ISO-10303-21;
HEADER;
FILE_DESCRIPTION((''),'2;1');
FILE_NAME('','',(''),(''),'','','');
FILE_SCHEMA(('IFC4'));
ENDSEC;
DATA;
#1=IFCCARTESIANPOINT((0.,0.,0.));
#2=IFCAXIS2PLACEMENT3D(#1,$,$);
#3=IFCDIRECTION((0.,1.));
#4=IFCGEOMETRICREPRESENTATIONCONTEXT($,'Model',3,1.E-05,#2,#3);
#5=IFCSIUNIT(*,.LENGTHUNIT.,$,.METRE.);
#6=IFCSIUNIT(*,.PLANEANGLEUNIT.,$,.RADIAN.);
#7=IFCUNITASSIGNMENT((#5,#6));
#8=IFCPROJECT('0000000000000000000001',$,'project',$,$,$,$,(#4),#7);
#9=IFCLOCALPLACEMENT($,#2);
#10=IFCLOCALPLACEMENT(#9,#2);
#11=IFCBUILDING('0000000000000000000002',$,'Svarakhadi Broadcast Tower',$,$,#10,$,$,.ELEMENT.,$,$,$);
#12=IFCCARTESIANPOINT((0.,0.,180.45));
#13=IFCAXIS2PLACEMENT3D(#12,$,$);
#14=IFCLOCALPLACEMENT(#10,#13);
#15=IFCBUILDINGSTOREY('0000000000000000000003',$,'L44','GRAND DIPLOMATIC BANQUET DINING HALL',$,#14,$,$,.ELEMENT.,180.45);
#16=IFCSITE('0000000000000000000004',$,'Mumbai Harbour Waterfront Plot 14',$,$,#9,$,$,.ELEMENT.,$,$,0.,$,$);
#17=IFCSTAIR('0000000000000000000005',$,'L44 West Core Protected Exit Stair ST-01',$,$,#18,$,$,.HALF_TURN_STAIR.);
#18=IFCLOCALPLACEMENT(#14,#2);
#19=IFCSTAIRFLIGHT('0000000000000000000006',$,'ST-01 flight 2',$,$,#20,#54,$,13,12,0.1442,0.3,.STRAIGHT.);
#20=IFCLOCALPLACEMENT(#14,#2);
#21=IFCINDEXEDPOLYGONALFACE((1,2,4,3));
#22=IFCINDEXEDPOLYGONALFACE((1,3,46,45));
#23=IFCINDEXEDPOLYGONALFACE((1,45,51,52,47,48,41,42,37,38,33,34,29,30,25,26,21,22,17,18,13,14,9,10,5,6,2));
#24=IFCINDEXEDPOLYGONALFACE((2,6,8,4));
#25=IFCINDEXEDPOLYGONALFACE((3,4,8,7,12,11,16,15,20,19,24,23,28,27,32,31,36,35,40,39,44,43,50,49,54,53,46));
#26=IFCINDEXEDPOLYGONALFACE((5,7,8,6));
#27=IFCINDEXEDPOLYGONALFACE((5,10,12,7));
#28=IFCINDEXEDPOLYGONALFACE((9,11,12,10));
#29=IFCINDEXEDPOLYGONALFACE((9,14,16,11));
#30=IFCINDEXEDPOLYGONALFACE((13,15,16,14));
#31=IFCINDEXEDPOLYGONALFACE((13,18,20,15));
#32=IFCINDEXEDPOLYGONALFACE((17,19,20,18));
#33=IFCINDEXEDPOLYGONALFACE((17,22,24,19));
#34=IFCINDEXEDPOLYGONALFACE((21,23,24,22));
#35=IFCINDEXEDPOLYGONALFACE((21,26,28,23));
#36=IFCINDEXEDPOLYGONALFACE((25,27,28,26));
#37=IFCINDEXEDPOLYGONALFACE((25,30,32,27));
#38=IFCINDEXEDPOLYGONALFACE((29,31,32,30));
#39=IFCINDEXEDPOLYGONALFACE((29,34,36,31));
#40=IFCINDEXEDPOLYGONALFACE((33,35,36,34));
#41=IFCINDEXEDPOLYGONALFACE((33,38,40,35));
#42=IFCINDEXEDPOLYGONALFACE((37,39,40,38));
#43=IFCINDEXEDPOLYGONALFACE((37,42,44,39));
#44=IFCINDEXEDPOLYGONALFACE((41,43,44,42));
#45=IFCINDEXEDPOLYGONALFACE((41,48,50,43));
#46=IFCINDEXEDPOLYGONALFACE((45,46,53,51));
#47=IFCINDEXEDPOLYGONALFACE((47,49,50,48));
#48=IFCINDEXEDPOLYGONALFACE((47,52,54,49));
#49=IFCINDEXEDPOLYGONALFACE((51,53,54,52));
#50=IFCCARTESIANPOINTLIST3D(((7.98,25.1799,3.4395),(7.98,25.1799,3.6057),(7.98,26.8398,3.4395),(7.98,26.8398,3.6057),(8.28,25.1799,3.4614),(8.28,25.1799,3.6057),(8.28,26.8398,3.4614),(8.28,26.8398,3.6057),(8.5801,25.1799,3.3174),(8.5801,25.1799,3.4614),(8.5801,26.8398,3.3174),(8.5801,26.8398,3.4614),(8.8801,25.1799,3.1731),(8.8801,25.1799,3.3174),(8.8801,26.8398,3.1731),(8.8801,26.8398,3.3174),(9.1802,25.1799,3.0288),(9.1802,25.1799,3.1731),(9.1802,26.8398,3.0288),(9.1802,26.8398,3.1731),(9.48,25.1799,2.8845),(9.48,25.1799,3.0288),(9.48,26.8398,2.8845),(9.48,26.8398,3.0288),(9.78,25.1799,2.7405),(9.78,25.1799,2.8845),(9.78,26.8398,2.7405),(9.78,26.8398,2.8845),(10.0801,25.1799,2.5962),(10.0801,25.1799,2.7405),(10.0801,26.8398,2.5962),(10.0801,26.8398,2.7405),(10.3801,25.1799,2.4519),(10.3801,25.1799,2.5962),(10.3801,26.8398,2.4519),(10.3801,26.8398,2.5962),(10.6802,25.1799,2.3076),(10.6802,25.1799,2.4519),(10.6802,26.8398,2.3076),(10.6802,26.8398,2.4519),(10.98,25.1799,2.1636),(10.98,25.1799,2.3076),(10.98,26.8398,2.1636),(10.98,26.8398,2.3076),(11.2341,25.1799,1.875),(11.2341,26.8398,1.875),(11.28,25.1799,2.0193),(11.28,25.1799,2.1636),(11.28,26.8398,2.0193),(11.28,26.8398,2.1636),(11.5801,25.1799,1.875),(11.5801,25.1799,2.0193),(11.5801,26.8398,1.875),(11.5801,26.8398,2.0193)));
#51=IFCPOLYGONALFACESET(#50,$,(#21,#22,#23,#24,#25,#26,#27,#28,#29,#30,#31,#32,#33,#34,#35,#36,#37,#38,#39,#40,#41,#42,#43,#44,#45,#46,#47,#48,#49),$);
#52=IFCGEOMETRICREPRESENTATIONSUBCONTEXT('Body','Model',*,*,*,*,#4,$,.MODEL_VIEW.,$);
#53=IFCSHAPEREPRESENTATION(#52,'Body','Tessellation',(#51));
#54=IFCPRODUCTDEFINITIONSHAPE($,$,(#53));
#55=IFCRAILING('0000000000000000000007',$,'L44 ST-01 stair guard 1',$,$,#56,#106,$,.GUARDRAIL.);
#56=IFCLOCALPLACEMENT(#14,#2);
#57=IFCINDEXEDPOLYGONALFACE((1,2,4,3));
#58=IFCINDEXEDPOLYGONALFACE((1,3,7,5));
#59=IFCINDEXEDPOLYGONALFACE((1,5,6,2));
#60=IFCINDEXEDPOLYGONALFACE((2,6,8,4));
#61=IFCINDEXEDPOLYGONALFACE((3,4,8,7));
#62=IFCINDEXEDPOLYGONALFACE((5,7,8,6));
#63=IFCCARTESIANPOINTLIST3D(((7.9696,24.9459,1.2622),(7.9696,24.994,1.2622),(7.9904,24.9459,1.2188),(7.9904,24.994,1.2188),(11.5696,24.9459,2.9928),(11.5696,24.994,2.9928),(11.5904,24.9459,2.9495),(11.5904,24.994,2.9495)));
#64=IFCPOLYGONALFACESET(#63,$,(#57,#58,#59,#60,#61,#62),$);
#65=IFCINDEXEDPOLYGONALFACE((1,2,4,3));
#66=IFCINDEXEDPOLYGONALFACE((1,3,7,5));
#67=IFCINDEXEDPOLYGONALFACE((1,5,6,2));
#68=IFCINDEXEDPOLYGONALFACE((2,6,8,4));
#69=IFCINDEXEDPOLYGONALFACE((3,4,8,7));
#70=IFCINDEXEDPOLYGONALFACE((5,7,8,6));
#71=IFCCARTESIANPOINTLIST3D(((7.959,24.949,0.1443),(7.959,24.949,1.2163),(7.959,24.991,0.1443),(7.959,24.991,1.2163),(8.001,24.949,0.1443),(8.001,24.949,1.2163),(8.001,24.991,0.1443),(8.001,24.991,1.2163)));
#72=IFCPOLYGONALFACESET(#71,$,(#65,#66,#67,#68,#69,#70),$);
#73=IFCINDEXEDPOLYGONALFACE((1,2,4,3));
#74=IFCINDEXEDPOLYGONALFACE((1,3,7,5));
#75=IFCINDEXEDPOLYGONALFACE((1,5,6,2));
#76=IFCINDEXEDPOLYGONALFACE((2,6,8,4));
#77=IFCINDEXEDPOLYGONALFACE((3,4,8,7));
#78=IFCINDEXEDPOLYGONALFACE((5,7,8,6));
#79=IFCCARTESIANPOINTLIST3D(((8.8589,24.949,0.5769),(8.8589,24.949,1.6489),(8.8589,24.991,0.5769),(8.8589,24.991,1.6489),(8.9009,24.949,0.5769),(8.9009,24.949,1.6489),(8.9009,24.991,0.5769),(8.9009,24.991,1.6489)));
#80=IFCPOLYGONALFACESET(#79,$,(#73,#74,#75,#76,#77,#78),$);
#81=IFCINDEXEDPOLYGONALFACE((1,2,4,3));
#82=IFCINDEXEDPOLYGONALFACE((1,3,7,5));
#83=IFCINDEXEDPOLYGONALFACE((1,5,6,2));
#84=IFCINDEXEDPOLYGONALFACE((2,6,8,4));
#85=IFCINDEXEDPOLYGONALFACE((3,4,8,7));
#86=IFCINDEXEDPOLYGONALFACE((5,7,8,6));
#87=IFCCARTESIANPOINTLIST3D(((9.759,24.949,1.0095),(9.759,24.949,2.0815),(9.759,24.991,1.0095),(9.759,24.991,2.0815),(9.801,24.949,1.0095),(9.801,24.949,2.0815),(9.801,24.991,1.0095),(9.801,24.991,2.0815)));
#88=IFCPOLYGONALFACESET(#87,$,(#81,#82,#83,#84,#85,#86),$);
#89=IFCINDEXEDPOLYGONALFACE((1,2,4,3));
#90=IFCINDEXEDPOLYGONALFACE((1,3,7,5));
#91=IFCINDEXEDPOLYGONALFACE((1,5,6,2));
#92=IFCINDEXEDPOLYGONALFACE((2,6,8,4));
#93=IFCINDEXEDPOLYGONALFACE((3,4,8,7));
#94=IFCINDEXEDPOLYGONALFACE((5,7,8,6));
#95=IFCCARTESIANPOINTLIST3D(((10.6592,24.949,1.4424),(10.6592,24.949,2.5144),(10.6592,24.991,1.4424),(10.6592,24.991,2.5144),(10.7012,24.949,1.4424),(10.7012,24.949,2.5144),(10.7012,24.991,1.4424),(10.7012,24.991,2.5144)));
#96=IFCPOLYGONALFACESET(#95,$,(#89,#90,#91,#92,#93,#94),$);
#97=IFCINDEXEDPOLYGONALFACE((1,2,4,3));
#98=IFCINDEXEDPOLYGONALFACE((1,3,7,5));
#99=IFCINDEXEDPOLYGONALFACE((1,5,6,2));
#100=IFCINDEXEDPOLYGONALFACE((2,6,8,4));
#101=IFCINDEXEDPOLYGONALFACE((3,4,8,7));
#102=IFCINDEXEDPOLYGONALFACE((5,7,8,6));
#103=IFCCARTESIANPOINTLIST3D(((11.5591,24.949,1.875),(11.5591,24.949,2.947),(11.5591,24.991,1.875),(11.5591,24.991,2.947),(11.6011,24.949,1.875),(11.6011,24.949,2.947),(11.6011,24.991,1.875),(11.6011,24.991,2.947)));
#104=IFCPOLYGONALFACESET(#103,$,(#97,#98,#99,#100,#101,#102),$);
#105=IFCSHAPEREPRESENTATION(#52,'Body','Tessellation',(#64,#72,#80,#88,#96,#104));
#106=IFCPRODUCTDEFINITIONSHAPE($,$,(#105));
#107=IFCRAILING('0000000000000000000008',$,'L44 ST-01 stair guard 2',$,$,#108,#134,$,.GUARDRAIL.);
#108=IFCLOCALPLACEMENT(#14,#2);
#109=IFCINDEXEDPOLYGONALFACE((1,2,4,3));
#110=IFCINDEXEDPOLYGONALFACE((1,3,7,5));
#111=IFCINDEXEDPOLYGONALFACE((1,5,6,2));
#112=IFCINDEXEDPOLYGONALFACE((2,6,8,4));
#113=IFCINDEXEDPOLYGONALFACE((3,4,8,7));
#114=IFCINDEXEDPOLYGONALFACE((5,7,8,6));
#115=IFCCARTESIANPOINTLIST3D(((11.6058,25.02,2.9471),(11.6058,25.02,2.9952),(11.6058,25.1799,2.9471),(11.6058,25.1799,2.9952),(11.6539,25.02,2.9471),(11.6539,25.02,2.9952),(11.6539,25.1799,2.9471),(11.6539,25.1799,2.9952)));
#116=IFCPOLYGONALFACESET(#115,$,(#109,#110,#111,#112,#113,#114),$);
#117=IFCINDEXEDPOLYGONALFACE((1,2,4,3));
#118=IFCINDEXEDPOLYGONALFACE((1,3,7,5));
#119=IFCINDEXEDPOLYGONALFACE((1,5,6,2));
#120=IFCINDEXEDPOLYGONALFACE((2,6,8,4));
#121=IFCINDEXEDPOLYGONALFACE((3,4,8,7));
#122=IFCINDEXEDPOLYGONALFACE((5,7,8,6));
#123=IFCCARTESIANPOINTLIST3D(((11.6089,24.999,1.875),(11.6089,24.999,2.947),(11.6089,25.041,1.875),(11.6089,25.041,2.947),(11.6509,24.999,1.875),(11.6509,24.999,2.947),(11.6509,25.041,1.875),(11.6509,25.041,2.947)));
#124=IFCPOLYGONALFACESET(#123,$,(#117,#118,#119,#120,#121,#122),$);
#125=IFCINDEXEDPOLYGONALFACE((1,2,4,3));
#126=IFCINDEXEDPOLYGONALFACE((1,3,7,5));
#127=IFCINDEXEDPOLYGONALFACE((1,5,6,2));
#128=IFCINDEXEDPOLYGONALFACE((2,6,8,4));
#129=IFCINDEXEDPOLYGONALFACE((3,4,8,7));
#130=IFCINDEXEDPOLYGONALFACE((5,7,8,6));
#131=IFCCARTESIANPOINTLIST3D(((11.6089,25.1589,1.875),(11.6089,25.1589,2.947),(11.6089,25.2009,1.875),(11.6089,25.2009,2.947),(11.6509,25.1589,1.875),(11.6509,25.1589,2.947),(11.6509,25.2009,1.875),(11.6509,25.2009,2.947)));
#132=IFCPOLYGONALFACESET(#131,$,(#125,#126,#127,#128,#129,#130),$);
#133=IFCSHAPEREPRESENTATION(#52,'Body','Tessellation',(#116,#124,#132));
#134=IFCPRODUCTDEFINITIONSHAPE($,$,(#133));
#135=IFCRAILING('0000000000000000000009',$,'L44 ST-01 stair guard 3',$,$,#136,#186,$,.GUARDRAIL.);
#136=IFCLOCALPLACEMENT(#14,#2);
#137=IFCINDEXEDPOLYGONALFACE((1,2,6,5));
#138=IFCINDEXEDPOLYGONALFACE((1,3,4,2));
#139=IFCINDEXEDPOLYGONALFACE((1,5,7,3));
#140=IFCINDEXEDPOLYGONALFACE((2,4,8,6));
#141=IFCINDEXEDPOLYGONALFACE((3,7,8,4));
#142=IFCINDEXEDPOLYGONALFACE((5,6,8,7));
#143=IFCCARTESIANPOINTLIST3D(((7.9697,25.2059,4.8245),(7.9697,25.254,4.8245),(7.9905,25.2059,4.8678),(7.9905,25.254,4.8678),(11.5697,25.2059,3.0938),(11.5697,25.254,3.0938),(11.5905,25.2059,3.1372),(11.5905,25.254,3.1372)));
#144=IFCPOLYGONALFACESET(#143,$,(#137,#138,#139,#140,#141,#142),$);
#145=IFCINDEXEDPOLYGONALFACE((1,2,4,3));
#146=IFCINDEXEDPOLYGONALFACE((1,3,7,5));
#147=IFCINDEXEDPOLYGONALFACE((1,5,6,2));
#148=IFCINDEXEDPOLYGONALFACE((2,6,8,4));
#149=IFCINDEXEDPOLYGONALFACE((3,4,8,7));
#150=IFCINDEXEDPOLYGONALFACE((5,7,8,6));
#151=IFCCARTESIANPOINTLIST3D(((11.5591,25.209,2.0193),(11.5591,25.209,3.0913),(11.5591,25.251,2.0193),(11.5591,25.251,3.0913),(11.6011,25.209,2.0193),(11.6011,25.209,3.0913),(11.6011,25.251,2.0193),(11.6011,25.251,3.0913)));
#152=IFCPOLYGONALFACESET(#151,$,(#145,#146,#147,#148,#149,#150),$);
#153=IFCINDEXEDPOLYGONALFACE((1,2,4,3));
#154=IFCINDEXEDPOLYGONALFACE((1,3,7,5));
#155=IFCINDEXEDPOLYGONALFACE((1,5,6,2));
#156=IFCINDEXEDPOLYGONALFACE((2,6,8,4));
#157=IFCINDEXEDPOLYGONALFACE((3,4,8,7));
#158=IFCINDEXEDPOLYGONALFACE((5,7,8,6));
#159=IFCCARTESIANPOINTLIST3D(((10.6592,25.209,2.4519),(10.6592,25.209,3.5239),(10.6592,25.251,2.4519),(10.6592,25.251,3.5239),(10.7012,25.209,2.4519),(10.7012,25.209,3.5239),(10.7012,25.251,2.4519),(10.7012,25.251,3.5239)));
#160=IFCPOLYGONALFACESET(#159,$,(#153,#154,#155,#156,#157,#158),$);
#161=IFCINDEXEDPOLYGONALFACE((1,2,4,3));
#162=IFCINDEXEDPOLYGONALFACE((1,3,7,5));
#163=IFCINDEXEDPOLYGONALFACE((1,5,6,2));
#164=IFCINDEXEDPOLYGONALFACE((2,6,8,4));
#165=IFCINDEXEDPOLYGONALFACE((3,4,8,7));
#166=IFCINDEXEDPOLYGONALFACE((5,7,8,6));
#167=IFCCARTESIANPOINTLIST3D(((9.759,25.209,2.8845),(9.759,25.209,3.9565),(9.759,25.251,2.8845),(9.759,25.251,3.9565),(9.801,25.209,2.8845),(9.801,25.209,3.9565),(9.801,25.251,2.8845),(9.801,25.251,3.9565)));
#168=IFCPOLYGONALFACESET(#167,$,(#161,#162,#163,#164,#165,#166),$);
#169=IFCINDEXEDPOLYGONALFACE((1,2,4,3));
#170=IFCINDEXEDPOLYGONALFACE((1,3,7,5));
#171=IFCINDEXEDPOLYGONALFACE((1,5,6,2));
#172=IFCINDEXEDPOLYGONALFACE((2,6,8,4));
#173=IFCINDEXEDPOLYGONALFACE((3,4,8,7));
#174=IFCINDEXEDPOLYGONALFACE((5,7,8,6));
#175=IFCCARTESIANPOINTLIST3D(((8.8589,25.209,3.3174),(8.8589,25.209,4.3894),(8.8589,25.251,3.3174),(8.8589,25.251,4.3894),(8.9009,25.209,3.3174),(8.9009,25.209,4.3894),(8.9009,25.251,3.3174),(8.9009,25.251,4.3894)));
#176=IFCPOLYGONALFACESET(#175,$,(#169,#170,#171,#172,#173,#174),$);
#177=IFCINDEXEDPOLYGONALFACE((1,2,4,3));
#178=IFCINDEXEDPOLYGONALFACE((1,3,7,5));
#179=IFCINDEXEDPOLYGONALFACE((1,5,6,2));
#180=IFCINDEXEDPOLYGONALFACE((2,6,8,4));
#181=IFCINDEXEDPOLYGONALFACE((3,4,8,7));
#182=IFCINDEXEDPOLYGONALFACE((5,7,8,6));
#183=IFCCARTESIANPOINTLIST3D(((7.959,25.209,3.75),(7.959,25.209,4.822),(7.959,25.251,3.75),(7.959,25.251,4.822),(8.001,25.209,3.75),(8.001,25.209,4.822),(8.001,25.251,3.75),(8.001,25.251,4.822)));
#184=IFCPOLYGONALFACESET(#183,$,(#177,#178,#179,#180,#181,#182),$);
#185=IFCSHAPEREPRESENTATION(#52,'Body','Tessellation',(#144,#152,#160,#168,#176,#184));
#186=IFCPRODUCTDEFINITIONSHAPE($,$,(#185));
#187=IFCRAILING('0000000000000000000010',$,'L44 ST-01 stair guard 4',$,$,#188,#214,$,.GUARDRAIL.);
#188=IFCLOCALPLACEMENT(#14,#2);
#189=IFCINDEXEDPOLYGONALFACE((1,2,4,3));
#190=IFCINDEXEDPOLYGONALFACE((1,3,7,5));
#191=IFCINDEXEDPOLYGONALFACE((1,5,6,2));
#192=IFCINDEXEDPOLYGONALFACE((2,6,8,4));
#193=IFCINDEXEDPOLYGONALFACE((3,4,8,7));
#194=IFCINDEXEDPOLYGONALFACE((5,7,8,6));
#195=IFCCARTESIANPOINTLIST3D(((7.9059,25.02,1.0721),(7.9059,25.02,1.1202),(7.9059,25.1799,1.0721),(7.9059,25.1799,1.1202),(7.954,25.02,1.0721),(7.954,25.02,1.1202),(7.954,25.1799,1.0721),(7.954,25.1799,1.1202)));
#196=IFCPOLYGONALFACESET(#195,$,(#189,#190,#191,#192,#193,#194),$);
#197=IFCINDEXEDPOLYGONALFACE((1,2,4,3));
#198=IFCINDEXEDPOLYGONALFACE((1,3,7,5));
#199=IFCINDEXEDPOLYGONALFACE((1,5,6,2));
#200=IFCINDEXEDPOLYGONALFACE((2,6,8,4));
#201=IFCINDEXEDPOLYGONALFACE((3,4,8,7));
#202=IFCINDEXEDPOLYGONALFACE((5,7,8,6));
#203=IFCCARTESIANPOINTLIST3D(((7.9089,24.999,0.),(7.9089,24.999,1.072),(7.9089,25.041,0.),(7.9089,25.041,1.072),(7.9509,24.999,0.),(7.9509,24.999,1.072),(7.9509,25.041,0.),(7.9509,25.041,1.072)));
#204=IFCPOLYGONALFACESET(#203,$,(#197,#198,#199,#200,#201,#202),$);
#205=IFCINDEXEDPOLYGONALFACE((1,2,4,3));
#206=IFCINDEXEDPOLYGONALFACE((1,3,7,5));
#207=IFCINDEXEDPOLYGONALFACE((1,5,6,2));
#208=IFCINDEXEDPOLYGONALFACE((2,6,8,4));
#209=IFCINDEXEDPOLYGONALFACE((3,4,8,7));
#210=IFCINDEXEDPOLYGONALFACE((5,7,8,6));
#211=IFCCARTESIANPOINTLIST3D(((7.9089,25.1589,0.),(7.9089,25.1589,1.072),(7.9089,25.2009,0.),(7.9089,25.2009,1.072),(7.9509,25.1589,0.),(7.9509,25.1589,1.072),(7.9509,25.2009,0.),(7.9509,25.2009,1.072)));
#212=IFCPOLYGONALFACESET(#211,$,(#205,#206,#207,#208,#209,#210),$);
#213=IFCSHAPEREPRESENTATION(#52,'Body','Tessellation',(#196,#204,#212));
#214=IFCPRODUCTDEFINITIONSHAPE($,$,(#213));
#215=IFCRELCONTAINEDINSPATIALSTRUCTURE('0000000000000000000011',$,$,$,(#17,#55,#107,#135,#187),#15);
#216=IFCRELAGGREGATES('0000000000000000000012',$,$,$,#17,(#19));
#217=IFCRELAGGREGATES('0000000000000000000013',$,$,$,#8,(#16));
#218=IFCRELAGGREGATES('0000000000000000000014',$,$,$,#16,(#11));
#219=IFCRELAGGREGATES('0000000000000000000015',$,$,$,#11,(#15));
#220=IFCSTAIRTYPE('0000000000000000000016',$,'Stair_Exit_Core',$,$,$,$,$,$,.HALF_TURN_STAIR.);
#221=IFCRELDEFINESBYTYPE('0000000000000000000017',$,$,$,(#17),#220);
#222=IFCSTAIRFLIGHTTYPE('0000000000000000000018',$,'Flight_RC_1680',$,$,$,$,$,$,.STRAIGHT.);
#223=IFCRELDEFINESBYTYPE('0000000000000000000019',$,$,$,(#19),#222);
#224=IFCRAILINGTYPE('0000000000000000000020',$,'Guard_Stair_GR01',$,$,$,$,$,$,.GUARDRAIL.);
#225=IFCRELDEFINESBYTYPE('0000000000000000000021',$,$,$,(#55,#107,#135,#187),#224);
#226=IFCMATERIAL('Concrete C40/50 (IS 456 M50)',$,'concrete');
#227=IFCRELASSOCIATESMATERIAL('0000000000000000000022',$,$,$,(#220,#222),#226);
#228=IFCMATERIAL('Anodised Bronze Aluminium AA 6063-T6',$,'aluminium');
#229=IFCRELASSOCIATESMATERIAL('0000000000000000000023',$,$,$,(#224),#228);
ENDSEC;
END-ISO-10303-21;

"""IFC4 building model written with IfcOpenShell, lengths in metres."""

from ifc_helpers import new_model, si_unit, direction, frame, origin, origin_2d, place, context, subcontext, project, spatial, polyline, rectangle, outline, extrude, material, type_object, element, aggregate, save


model = new_model("IFC4")

# Units and contexts
model_context = context("Model", 3, precision=1e-05, world=origin(), true_north=direction((0.0, 1.0)))
body_context = subcontext(model_context, "Body", "Model", "MODEL_VIEW")
ifc_project = project(units=[si_unit("LENGTHUNIT", "METRE"), si_unit("PLANEANGLEUNIT", "RADIAN")], contexts=[model_context])

# Site, building, storey
site_placement = place(None, origin())
site = spatial("IfcSite", under=ifc_project, at=site_placement, Name="Mumbai Harbour Waterfront Plot 14", CompositionType="ELEMENT", RefElevation=0.0)
building_placement = place(site_placement, origin())
building = spatial("IfcBuilding", under=site, at=building_placement, Name="Svarakhadi Broadcast Tower", CompositionType="ELEMENT")
storey_placement = place(building_placement, frame((0.0, 0.0, 180.45)))
storey = spatial("IfcBuildingStorey", under=building, at=storey_placement, Name="L44", Description="GRAND DIPLOMATIC BANQUET DINING HALL", CompositionType="ELEMENT", Elevation=180.45)

# Shared definitions
ifc_material_1 = material(Name="Concrete C40/50 (IS 456 M50)", Category="concrete")

# Stair, stair flight
stair_type = type_object("IfcStairType", Name="Stair_Exit_Core", PredefinedType="HALF_TURN_STAIR", material=ifc_material_1)
stair_placement = place(storey_placement, origin())
stair = element("IfcStair", 1, at=stair_placement, inside=storey, type_object=stair_type, Name="L44 West Core Protected Exit Stair ST-01", PredefinedType="HALF_TURN_STAIR")
stair_flight_type = type_object("IfcStairFlightType", Name="Flight_RC_1680", PredefinedType="STRAIGHT", material=ifc_material_1)
stair_flight_1_placement = place(storey_placement, frame((11.5801, 26.01, 1.875), z_axis=(0.0, 0.0, 1.0), x_axis=(-1.0, 0.0, 0.0)))
stair_flight_1 = element("IfcStairFlight", 2, at=stair_flight_1_placement, type_object=stair_flight_type, Name="ST-01 flight 2", NumberOfRisers=13, NumberOfTreads=12, PredefinedType="STRAIGHT", RiserHeight=0.1442, TreadLength=0.3, context=body_context, shape_type="SweptSolid", body=[
    extrude(outline(polyline([(0.0, 0.0), (0.0, 0.1443), (0.3, 0.1443), (0.3, 0.2886), (0.6001, 0.2886), (0.6001, 0.4326), (0.8999, 0.4326), (0.8999, 0.5769), (1.2, 0.5769), (1.2, 0.7212), (1.5, 0.7212), (1.5, 0.8655), (1.8, 0.8655), (1.8, 1.0095), (2.1001, 1.0095), (2.1001, 1.1538), (2.3999, 1.1538), (2.3999, 1.2981), (2.7, 1.2981), (2.7, 1.4424), (3.0, 1.4424), (3.0, 1.5864), (3.3, 1.5864), (3.3, 1.7307), (3.6001, 1.7307), (3.6001, 1.875), (3.6001, 1.5645), (0.3459, 0.0), (0.0, 0.0)])), frame((0.0, 0.8301, 0.0), z_axis=(0.0, -1.0, 0.0), x_axis=(1.0, 0.0, 0.0)), (0.0, 0.0, 1.0), 1.6599),
])
aggregate(stair, [stair_flight_1])

# Railings
ifc_material_2 = material(Name="Anodised Bronze Aluminium AA 6063-T6", Category="aluminium")
railing_type_1 = type_object("IfcRailingType", Name="Guard_Stair_GR01", PredefinedType="GUARDRAIL", material=ifc_material_2)
railing_1_placement = place(storey_placement, frame((7.98, 24.97, 0.1443)))
element("IfcRailing", 3, at=railing_1_placement, inside=storey, type_object=railing_type_1, Name="L44 ST-01 stair guard 1", PredefinedType="GUARDRAIL", context=body_context, shape_type="SweptSolid", body=[
    extrude(rectangle(XDim=0.0481, YDim=0.0481, at=origin_2d()), frame((0.0, 0.0, 1.0962), z_axis=(0.901263, 0.0, 0.433273), x_axis=(0.0, 1.0, 0.0)), (0.0, 0.0, 1.0), 3.9944),
    extrude(rectangle(XDim=0.042, YDim=0.042, at=origin_2d()), origin(), (0.0, 0.0, 1.0), 1.072),
    extrude(rectangle(XDim=0.042, YDim=0.042, at=origin_2d()), frame((0.8999, 0.0, 0.4326)), (0.0, 0.0, 1.0), 1.072),
    extrude(rectangle(XDim=0.042, YDim=0.042, at=origin_2d()), frame((1.8, 0.0, 0.8652)), (0.0, 0.0, 1.0), 1.072),
    extrude(rectangle(XDim=0.042, YDim=0.042, at=origin_2d()), frame((2.7002, 0.0, 1.2981)), (0.0, 0.0, 1.0), 1.072),
    extrude(rectangle(XDim=0.042, YDim=0.042, at=origin_2d()), frame((3.6001, 0.0, 1.7307)), (0.0, 0.0, 1.0), 1.072),
])
railing_2_placement = place(storey_placement, frame((11.6299, 25.02, 1.875)))
element("IfcRailing", 4, at=railing_2_placement, inside=storey, type_object=railing_type_1, Name="L44 ST-01 stair guard 2", PredefinedType="GUARDRAIL", context=body_context, shape_type="SweptSolid", body=[
    extrude(rectangle(XDim=0.0481, YDim=0.0481, at=origin_2d()), frame((0.0, 0.0, 1.0962), z_axis=(0.0, 1.0, 0.0), x_axis=(-1.0, 0.0, 0.0)), (0.0, 0.0, 1.0), 0.1599),
    extrude(rectangle(XDim=0.042, YDim=0.042, at=origin_2d()), origin(), (0.0, 0.0, 1.0), 1.072),
    extrude(rectangle(XDim=0.042, YDim=0.042, at=origin_2d()), frame((0.0, 0.1599, 0.0)), (0.0, 0.0, 1.0), 1.072),
])
railing_3_placement = place(storey_placement, frame((11.5801, 25.23, 2.0193)))
element("IfcRailing", 5, at=railing_3_placement, inside=storey, type_object=railing_type_1, Name="L44 ST-01 stair guard 3", PredefinedType="GUARDRAIL", context=body_context, shape_type="SweptSolid", body=[
    extrude(rectangle(XDim=0.0481, YDim=0.0481, at=origin_2d()), frame((0.0, 0.0, 1.0962), z_axis=(-0.901263, 0.0, 0.433273), x_axis=(0.0, -1.0, 0.0)), (0.0, 0.0, 1.0), 3.9944),
    extrude(rectangle(XDim=0.042, YDim=0.042, at=origin_2d()), origin(), (0.0, 0.0, 1.0), 1.072),
    extrude(rectangle(XDim=0.042, YDim=0.042, at=origin_2d()), frame((-0.8999, 0.0, 0.4326)), (0.0, 0.0, 1.0), 1.072),
    extrude(rectangle(XDim=0.042, YDim=0.042, at=origin_2d()), frame((-1.8, 0.0, 0.8652)), (0.0, 0.0, 1.0), 1.072),
    extrude(rectangle(XDim=0.042, YDim=0.042, at=origin_2d()), frame((-2.7002, 0.0, 1.2981)), (0.0, 0.0, 1.0), 1.072),
    extrude(rectangle(XDim=0.042, YDim=0.042, at=origin_2d()), frame((-3.6001, 0.0, 1.7307)), (0.0, 0.0, 1.0), 1.072),
])
railing_4_placement = place(storey_placement, frame((7.9299, 25.02, 0.0)))
element("IfcRailing", 6, at=railing_4_placement, inside=storey, type_object=railing_type_1, Name="L44 ST-01 stair guard 4", PredefinedType="GUARDRAIL", context=body_context, shape_type="SweptSolid", body=[
    extrude(rectangle(XDim=0.0481, YDim=0.0481, at=origin_2d()), frame((0.0, 0.0, 1.0962), z_axis=(0.0, 1.0, 0.0), x_axis=(-1.0, 0.0, 0.0)), (0.0, 0.0, 1.0), 0.1599),
    extrude(rectangle(XDim=0.042, YDim=0.042, at=origin_2d()), origin(), (0.0, 0.0, 1.0), 1.072),
    extrude(rectangle(XDim=0.042, YDim=0.042, at=origin_2d()), frame((0.0, 0.1599, 0.0)), (0.0, 0.0, 1.0), 1.072),
])

save(model, "model.ifc")
